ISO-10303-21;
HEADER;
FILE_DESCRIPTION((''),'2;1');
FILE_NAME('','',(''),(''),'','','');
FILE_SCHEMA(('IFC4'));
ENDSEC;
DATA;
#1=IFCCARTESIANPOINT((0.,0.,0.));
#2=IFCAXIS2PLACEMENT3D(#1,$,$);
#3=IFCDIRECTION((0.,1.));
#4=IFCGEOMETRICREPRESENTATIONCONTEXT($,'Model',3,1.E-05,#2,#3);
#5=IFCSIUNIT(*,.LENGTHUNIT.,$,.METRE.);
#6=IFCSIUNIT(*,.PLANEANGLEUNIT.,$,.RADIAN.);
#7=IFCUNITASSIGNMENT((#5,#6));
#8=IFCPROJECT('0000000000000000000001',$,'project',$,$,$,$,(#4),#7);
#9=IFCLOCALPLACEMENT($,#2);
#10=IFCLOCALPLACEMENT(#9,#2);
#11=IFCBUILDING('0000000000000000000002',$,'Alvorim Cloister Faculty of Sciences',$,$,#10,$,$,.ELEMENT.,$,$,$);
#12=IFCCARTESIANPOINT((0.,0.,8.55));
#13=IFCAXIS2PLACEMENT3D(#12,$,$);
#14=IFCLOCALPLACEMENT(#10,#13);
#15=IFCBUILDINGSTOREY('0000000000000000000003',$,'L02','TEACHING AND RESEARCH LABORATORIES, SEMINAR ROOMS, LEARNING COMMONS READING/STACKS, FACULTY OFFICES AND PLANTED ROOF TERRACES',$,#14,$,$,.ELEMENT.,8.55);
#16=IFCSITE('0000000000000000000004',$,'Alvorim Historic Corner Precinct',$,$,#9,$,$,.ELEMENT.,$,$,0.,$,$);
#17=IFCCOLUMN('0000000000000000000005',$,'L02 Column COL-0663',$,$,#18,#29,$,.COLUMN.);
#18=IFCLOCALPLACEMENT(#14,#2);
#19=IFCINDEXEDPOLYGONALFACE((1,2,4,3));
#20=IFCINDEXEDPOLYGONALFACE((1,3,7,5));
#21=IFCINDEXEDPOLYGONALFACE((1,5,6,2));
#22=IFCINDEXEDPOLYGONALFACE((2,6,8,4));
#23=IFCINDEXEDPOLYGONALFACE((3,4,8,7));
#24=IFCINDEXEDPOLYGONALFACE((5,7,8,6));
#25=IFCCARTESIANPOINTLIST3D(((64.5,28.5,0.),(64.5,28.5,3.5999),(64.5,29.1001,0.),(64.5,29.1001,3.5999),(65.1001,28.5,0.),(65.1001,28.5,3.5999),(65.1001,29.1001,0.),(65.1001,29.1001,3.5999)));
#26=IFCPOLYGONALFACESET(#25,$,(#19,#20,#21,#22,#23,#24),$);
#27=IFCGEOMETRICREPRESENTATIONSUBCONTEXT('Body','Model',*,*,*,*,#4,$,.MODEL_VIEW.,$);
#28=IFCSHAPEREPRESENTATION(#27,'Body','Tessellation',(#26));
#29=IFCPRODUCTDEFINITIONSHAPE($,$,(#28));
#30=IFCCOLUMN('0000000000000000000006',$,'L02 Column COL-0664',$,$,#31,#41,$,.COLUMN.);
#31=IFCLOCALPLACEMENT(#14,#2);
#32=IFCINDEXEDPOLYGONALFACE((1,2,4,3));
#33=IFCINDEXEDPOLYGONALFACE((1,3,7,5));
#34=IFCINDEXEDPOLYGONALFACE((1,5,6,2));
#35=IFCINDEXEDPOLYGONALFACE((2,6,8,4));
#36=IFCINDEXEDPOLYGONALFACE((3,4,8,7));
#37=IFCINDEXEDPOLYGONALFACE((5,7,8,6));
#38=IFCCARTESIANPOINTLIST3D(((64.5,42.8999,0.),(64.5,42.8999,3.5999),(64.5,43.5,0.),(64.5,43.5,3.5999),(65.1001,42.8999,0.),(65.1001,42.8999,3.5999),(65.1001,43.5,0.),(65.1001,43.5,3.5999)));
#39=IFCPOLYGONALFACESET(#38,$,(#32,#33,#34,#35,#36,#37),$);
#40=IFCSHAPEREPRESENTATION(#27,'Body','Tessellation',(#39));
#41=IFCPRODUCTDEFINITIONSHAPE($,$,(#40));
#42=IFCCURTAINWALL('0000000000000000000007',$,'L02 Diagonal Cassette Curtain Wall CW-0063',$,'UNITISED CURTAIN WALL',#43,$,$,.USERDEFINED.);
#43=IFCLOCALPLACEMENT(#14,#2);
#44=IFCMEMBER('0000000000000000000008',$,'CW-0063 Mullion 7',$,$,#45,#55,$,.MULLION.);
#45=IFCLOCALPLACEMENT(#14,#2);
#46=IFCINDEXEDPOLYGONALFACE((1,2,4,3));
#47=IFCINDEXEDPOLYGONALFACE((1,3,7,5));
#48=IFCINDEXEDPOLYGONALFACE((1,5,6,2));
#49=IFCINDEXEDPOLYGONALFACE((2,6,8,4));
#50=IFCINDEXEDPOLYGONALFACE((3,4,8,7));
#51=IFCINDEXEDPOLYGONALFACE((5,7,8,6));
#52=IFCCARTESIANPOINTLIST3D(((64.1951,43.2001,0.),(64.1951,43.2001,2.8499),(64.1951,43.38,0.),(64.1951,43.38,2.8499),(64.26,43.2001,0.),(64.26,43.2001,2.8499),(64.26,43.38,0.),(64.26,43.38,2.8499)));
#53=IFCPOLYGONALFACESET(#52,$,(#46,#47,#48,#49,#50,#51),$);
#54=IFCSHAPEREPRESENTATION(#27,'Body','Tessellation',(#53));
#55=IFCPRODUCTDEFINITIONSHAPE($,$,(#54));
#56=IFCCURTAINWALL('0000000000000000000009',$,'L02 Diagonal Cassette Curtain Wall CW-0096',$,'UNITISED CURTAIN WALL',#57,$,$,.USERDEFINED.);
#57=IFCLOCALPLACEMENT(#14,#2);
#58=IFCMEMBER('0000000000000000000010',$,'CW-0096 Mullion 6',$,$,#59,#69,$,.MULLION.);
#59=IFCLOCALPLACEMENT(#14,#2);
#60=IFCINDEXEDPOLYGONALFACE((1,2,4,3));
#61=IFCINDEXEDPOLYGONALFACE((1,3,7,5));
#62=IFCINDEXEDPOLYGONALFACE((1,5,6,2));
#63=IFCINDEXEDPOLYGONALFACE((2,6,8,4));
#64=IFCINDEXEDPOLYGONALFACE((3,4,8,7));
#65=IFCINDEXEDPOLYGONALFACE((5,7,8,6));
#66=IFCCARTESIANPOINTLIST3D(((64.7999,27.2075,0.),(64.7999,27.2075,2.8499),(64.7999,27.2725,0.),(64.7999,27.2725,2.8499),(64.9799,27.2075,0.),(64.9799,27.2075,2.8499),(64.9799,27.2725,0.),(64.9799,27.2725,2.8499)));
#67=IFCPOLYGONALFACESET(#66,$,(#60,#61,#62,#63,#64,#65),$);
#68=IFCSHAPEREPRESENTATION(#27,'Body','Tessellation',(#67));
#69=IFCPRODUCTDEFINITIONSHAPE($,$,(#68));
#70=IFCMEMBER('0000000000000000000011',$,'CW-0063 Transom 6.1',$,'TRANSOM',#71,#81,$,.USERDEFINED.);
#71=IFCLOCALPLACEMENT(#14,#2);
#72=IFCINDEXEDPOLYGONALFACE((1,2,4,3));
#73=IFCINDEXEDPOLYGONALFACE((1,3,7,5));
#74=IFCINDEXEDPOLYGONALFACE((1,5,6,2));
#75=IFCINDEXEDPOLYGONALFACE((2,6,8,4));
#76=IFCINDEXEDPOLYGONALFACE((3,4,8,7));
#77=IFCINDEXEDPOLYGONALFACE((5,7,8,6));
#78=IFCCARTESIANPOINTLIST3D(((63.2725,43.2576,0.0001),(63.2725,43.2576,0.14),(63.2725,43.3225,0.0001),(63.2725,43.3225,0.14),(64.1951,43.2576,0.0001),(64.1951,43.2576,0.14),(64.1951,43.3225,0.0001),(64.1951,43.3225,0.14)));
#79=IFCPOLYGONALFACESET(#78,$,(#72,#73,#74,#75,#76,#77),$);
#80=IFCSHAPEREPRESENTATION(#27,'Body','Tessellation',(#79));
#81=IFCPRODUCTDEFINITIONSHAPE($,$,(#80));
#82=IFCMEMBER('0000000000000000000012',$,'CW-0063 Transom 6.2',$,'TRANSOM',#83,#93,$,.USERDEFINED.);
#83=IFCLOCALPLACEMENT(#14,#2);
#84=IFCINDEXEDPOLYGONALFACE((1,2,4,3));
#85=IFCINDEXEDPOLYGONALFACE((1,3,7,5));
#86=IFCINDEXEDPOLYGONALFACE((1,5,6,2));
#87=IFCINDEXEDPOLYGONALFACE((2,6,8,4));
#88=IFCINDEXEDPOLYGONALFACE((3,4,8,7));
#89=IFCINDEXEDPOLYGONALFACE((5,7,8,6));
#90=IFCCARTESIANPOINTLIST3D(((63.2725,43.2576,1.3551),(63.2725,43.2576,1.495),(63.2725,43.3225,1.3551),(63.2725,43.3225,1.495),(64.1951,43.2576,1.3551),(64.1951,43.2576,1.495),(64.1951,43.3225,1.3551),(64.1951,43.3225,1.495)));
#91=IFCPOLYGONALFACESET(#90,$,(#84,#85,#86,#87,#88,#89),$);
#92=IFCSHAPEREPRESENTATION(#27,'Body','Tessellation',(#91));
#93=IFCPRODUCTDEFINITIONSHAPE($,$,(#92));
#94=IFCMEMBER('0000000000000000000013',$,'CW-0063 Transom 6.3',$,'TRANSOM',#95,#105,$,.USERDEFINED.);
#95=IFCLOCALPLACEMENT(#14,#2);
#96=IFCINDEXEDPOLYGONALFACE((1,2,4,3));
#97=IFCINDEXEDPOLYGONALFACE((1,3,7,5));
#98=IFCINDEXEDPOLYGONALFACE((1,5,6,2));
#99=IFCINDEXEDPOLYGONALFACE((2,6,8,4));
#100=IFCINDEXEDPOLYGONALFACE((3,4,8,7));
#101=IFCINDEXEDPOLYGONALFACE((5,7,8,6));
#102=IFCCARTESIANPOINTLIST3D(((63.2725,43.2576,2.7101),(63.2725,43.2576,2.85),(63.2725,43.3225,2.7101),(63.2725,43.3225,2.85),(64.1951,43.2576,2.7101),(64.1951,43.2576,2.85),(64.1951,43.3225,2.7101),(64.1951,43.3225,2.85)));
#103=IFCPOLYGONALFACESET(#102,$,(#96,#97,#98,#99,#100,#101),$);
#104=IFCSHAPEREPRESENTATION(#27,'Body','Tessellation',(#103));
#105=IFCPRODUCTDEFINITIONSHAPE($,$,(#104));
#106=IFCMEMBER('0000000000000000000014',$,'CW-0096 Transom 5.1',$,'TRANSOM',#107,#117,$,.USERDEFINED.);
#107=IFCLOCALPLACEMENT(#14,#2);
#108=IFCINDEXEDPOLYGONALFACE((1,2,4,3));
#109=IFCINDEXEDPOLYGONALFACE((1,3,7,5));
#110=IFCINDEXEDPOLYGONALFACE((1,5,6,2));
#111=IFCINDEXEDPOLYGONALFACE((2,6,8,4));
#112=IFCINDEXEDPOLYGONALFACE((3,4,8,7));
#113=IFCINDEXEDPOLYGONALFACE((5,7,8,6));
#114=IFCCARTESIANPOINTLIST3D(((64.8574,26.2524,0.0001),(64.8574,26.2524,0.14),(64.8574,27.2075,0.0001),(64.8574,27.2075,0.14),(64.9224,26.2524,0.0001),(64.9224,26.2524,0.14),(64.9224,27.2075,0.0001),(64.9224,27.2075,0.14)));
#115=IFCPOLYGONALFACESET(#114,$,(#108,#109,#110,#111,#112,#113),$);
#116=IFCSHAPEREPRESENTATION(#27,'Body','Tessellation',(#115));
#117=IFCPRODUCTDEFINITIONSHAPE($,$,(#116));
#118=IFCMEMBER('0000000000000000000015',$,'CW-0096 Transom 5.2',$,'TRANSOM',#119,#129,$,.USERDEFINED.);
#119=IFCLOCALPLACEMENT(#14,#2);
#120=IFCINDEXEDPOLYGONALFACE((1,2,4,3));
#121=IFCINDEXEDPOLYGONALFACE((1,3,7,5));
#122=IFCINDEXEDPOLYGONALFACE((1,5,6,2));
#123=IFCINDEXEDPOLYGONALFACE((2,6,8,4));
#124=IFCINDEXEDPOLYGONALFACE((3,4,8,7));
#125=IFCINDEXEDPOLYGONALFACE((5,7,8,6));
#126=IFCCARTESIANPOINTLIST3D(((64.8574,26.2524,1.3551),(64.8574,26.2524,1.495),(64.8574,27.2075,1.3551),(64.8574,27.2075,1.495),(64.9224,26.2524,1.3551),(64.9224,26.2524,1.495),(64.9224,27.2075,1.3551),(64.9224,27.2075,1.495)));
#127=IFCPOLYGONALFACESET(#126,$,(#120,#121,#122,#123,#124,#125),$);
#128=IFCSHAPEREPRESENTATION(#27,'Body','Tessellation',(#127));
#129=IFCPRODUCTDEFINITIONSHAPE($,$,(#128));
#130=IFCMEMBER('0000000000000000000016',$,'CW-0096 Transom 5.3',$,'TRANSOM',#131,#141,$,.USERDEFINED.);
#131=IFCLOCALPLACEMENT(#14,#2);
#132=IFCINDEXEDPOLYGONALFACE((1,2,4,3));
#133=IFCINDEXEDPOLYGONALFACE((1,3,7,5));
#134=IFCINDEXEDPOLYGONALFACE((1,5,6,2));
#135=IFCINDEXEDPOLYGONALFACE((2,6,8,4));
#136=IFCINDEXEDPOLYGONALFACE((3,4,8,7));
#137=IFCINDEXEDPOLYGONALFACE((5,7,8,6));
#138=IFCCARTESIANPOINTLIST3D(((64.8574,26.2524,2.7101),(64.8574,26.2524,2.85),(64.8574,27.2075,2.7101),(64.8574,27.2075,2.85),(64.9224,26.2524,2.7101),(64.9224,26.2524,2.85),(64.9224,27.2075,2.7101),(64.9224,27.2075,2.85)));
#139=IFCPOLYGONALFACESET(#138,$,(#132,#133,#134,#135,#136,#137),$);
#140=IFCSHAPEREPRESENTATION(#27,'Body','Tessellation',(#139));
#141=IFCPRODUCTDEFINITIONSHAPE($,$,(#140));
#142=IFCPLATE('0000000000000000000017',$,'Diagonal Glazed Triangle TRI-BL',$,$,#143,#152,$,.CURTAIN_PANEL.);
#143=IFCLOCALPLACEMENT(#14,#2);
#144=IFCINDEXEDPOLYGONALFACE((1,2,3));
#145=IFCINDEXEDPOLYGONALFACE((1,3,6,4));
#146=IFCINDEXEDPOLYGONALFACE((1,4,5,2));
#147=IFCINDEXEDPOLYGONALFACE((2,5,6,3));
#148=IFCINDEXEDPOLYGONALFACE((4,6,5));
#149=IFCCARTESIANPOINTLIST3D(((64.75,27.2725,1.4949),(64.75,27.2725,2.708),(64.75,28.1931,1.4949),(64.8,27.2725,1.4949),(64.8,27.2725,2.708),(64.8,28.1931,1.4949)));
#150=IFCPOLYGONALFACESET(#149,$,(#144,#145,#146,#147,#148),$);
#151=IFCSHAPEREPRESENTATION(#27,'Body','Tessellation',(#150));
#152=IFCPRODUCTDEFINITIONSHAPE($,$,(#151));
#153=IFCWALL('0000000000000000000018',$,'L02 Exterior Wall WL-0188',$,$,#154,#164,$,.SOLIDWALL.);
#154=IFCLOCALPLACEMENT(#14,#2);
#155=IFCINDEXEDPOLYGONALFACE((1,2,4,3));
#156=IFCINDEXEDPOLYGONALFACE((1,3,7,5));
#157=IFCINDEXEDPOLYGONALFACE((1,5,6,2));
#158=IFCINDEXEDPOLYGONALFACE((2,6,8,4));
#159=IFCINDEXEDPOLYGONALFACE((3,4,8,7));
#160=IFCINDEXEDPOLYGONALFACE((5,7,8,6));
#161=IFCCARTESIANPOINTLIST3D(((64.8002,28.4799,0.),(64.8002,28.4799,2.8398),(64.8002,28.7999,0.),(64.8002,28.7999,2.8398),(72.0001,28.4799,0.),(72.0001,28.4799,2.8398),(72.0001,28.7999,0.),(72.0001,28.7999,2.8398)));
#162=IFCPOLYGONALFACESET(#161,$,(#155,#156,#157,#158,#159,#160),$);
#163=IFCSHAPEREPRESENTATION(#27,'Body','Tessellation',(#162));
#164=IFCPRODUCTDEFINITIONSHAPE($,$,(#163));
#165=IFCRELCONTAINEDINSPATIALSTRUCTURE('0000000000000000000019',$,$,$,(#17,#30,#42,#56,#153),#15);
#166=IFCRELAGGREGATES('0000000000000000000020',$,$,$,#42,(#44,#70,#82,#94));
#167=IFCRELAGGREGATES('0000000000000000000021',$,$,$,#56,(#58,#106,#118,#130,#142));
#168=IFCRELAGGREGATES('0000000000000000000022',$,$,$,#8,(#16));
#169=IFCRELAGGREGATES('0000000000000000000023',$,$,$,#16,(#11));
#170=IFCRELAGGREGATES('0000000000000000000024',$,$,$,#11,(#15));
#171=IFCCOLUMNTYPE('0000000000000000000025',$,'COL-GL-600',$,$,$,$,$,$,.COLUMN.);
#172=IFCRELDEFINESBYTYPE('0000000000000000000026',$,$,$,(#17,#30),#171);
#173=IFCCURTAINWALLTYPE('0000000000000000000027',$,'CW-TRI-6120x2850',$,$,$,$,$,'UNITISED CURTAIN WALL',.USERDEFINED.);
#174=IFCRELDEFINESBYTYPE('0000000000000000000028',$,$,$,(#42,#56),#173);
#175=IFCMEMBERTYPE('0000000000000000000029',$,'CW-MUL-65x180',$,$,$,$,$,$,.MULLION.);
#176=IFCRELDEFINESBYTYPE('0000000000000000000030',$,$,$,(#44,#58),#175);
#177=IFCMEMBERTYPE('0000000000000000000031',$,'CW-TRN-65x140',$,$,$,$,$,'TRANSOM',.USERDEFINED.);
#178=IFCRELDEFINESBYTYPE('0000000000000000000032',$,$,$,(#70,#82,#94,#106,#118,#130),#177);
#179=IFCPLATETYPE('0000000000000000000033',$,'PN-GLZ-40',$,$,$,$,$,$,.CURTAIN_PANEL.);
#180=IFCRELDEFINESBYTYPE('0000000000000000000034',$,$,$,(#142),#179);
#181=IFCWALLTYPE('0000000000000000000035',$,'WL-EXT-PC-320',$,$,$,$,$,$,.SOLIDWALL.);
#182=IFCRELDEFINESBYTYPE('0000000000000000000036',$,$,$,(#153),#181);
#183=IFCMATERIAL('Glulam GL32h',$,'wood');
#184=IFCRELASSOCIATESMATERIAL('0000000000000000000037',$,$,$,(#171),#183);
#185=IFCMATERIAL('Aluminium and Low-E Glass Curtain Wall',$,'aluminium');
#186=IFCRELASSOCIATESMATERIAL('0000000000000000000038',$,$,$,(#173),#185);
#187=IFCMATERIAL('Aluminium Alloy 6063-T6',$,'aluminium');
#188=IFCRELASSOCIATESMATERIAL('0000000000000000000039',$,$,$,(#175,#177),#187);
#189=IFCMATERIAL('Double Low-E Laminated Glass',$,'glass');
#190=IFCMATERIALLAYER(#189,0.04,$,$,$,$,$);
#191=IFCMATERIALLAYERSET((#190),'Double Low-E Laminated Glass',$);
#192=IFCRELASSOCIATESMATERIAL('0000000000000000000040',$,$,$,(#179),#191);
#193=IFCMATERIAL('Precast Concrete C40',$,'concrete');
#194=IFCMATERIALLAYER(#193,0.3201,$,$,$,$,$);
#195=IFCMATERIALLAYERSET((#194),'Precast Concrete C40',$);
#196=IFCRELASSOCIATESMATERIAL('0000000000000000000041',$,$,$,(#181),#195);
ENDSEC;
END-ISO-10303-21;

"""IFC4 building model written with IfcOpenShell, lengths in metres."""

from ifc_helpers import new_model, si_unit, direction, frame, frame_2d, origin, origin_2d, place, context, subcontext, project, spatial, polyline, rectangle, outline, extrude, material, layer, layer_set, material_profile, profile_set, type_object, element, aggregate, save


model = new_model("IFC4")

# Units and contexts
model_context = context("Model", 3, precision=1e-05, world=origin(), true_north=direction((0.0, 1.0)))
body_context = subcontext(model_context, "Body", "Model", "MODEL_VIEW")
ifc_project = project(units=[si_unit("LENGTHUNIT", "METRE"), si_unit("PLANEANGLEUNIT", "RADIAN")], contexts=[model_context])

# Site, building, storey
site_placement = place(None, origin())
site = spatial("IfcSite", under=ifc_project, at=site_placement, Name="Alvorim Historic Corner Precinct", CompositionType="ELEMENT", RefElevation=0.0)
building_placement = place(site_placement, origin())
building = spatial("IfcBuilding", under=site, at=building_placement, Name="Alvorim Cloister Faculty of Sciences", CompositionType="ELEMENT")
storey_placement = place(building_placement, frame((0.0, 0.0, 8.55)))
storey = spatial("IfcBuildingStorey", under=building, at=storey_placement, Name="L02", Description="TEACHING AND RESEARCH LABORATORIES, SEMINAR ROOMS, LEARNING COMMONS READING/STACKS, FACULTY OFFICES AND PLANTED ROOF TERRACES", CompositionType="ELEMENT", Elevation=8.55)

# Columns
ifc_material_1 = material(Name="Glulam GL32h", Category="wood")
ifc_material_profile_1 = material_profile(ifc_material_1, rectangle(XDim=0.6001, YDim=0.6001, at=origin_2d()), Name="GL32-COL-600x600")
ifc_profile_set_1 = profile_set([ifc_material_profile_1], Name="Glulam GL32h")
column_type = type_object("IfcColumnType", Name="COL-GL-600", PredefinedType="COLUMN", material=ifc_profile_set_1)
for number, where, z_axis, x_axis, name in (
    (1, (64.8, 28.8, 0.0), (0.0, 0.0, 1.0), (1.0, 0.0, 0.0), "L02 Column COL-0663"),
    (2, (64.8, 43.2, 0.0), (0.0, 0.0, 1.0), (1.0, 0.0, 0.0), "L02 Column COL-0664"),
):
    element("IfcColumn", number, at=place(storey_placement, frame(where, z_axis=z_axis, x_axis=x_axis)), inside=storey, type_object=column_type, Name=name, PredefinedType="COLUMN", context=body_context, shape_type="SweptSolid", body=[
        extrude(rectangle(XDim=0.6001, YDim=0.6001, at=origin_2d()), origin(), (0.0, 0.0, 1.0), 3.5999),
    ])

# Curtain walls, members
ifc_material_2 = material(Name="Aluminium and Low-E Glass Curtain Wall", Category="aluminium")
curtain_wall_type = type_object("IfcCurtainWallType", Name="CW-TRI-6120x2850", ElementType="UNITISED CURTAIN WALL", PredefinedType="USERDEFINED", material=ifc_material_2)
curtain_wall_1_placement = place(storey_placement, origin())
curtain_wall_1 = element("IfcCurtainWall", 3, at=curtain_wall_1_placement, inside=storey, type_object=curtain_wall_type, Name="L02 Diagonal Cassette Curtain Wall CW-0063", ObjectType="UNITISED CURTAIN WALL", PredefinedType="USERDEFINED")
ifc_material_3 = material(Name="Aluminium Alloy 6063-T6", Category="aluminium")
ifc_material_profile_2 = material_profile(ifc_material_3, rectangle(XDim=0.0649, YDim=0.1799, at=origin_2d()), Name="ALU-MUL-65x180")
ifc_profile_set_2 = profile_set([ifc_material_profile_2], Name="Aluminium Alloy 6063-T6")
member_type_1 = type_object("IfcMemberType", Name="CW-MUL-65x180", PredefinedType="MULLION", material=ifc_profile_set_2)
member_1_placement = place(storey_placement, frame((64.2275, 43.29, 0.0), z_axis=(0.0, 0.0, 1.0), x_axis=(1.0, 0.0, 0.0)))
member_1 = element("IfcMember", 4, at=member_1_placement, type_object=member_type_1, Name="CW-0063 Mullion 7", PredefinedType="MULLION", context=body_context, shape_type="SweptSolid", body=[
    extrude(rectangle(XDim=0.0649, YDim=0.1799, at=origin_2d()), origin(), (0.0, 0.0, 1.0), 2.8499),
])
curtain_wall_2_placement = place(storey_placement, origin())
curtain_wall_2 = element("IfcCurtainWall", 5, at=curtain_wall_2_placement, inside=storey, type_object=curtain_wall_type, Name="L02 Diagonal Cassette Curtain Wall CW-0096", ObjectType="UNITISED CURTAIN WALL", PredefinedType="USERDEFINED")
member_2_placement = place(storey_placement, frame((64.8899, 27.24, 0.0), z_axis=(0.0, 0.0, 1.0), x_axis=(0.0, 1.0, 0.0)))
member_2 = element("IfcMember", 6, at=member_2_placement, type_object=member_type_1, Name="CW-0096 Mullion 6", PredefinedType="MULLION", context=body_context, shape_type="SweptSolid", body=[
    extrude(rectangle(XDim=0.0649, YDim=0.1799, at=origin_2d()), origin(), (0.0, 0.0, 1.0), 2.8499),
])

# Members
ifc_material_profile_3 = material_profile(ifc_material_3, rectangle(XDim=0.0649, YDim=0.1399, at=origin_2d()), Name="ALU-TRN-65x140")
ifc_profile_set_3 = profile_set([ifc_material_profile_3], Name="Aluminium Alloy 6063-T6")
member_type_2 = type_object("IfcMemberType", Name="CW-TRN-65x140", ElementType="TRANSOM", PredefinedType="USERDEFINED", material=ifc_profile_set_3)
member_3_placement = place(storey_placement, frame((63.2725, 43.29, 0.0701), z_axis=(1.0, 0.0, 0.0), x_axis=(0.0, 1.0, 0.0)))
member_3 = element("IfcMember", 7, at=member_3_placement, type_object=member_type_2, Name="CW-0063 Transom 6.1", ObjectType="TRANSOM", PredefinedType="USERDEFINED", context=body_context, shape_type="SweptSolid", body=[
    extrude(rectangle(XDim=0.0649, YDim=0.1399, at=origin_2d()), origin(), (0.0, 0.0, 1.0), 0.9226),
])
member_4_placement = place(storey_placement, frame((63.2725, 43.29, 1.425), z_axis=(1.0, 0.0, 0.0), x_axis=(0.0, 1.0, 0.0)))
member_4 = element("IfcMember", 8, at=member_4_placement, type_object=member_type_2, Name="CW-0063 Transom 6.2", ObjectType="TRANSOM", PredefinedType="USERDEFINED", context=body_context, shape_type="SweptSolid", body=[
    extrude(rectangle(XDim=0.0649, YDim=0.1399, at=origin_2d()), origin(), (0.0, 0.0, 1.0), 0.9226),
])
member_5_placement = place(storey_placement, frame((63.2725, 43.29, 2.78), z_axis=(1.0, 0.0, 0.0), x_axis=(0.0, 1.0, 0.0)))
member_5 = element("IfcMember", 9, at=member_5_placement, type_object=member_type_2, Name="CW-0063 Transom 6.3", ObjectType="TRANSOM", PredefinedType="USERDEFINED", context=body_context, shape_type="SweptSolid", body=[
    extrude(rectangle(XDim=0.0649, YDim=0.1399, at=origin_2d()), origin(), (0.0, 0.0, 1.0), 0.9226),
])
member_6_placement = place(storey_placement, frame((64.8899, 26.2524, 0.0701), z_axis=(0.0, 1.0, 0.0), x_axis=(-1.0, 0.0, 0.0)))
member_6 = element("IfcMember", 10, at=member_6_placement, type_object=member_type_2, Name="CW-0096 Transom 5.1", ObjectType="TRANSOM", PredefinedType="USERDEFINED", context=body_context, shape_type="SweptSolid", body=[
    extrude(rectangle(XDim=0.0649, YDim=0.1399, at=origin_2d()), origin(), (0.0, 0.0, 1.0), 0.9551),
])
member_7_placement = place(storey_placement, frame((64.8899, 26.2524, 1.425), z_axis=(0.0, 1.0, 0.0), x_axis=(-1.0, 0.0, 0.0)))
member_7 = element("IfcMember", 11, at=member_7_placement, type_object=member_type_2, Name="CW-0096 Transom 5.2", ObjectType="TRANSOM", PredefinedType="USERDEFINED", context=body_context, shape_type="SweptSolid", body=[
    extrude(rectangle(XDim=0.0649, YDim=0.1399, at=origin_2d()), origin(), (0.0, 0.0, 1.0), 0.9551),
])
member_8_placement = place(storey_placement, frame((64.8899, 26.2524, 2.78), z_axis=(0.0, 1.0, 0.0), x_axis=(-1.0, 0.0, 0.0)))
member_8 = element("IfcMember", 12, at=member_8_placement, type_object=member_type_2, Name="CW-0096 Transom 5.3", ObjectType="TRANSOM", PredefinedType="USERDEFINED", context=body_context, shape_type="SweptSolid", body=[
    extrude(rectangle(XDim=0.0649, YDim=0.1399, at=origin_2d()), origin(), (0.0, 0.0, 1.0), 0.9551),
])

# Plate
ifc_material_4 = material(Name="Double Low-E Laminated Glass", Category="glass")
ifc_layer_1 = layer(ifc_material_4, 0.04)
ifc_layer_set_1 = layer_set([ifc_layer_1], Name="Double Low-E Laminated Glass")
plate_type = type_object("IfcPlateType", Name="PN-GLZ-40", PredefinedType="CURTAIN_PANEL", material=ifc_layer_set_1)
aggregate(curtain_wall_1, [member_1, member_3, member_4, member_5])
plate_1_placement = place(storey_placement, frame((64.7749, 27.2725, 1.4949), z_axis=(0.0, 0.0, 1.0), x_axis=(0.0, 1.0, 0.0)))
plate_1 = element("IfcPlate", 13, at=plate_1_placement, type_object=plate_type, Name="Diagonal Glazed Triangle TRI-BL", PredefinedType="CURTAIN_PANEL", context=body_context, shape_type="SweptSolid", body=[
    extrude(outline(polyline([(0.0, 0.0), (0.9207, 0.0), (0.0, 1.2131), (0.0, 0.0)])), frame((0.0, 0.0249, 0.0), z_axis=(0.0, -1.0, 0.0), x_axis=(1.0, 0.0, 0.0)), (0.0, 0.0, 1.0), 0.05),
])
aggregate(curtain_wall_2, [member_2, member_6, member_7, member_8, plate_1])

# Wall
ifc_material_5 = material(Name="Precast Concrete C40", Category="concrete")
ifc_layer_2 = layer(ifc_material_5, 0.3201)
ifc_layer_set_2 = layer_set([ifc_layer_2], Name="Precast Concrete C40")
wall_type = type_object("IfcWallType", Name="WL-EXT-PC-320", PredefinedType="SOLIDWALL", material=ifc_layer_set_2)
wall_placement = place(storey_placement, frame((64.8, 28.6399, 0.0), z_axis=(0.0, 0.0, 1.0), x_axis=(1.0, 0.0, 0.0)))
element("IfcWall", 14, at=wall_placement, inside=storey, type_object=wall_type, Name="L02 Exterior Wall WL-0188", PredefinedType="SOLIDWALL", context=body_context, shape_type="SweptSolid", body=[
    extrude(rectangle(XDim=7.2, YDim=0.3201, at=frame_2d((3.6001, 0.0))), origin(), (0.0, 0.0, 1.0), 2.8398),
])

save(model, "model.ifc")
